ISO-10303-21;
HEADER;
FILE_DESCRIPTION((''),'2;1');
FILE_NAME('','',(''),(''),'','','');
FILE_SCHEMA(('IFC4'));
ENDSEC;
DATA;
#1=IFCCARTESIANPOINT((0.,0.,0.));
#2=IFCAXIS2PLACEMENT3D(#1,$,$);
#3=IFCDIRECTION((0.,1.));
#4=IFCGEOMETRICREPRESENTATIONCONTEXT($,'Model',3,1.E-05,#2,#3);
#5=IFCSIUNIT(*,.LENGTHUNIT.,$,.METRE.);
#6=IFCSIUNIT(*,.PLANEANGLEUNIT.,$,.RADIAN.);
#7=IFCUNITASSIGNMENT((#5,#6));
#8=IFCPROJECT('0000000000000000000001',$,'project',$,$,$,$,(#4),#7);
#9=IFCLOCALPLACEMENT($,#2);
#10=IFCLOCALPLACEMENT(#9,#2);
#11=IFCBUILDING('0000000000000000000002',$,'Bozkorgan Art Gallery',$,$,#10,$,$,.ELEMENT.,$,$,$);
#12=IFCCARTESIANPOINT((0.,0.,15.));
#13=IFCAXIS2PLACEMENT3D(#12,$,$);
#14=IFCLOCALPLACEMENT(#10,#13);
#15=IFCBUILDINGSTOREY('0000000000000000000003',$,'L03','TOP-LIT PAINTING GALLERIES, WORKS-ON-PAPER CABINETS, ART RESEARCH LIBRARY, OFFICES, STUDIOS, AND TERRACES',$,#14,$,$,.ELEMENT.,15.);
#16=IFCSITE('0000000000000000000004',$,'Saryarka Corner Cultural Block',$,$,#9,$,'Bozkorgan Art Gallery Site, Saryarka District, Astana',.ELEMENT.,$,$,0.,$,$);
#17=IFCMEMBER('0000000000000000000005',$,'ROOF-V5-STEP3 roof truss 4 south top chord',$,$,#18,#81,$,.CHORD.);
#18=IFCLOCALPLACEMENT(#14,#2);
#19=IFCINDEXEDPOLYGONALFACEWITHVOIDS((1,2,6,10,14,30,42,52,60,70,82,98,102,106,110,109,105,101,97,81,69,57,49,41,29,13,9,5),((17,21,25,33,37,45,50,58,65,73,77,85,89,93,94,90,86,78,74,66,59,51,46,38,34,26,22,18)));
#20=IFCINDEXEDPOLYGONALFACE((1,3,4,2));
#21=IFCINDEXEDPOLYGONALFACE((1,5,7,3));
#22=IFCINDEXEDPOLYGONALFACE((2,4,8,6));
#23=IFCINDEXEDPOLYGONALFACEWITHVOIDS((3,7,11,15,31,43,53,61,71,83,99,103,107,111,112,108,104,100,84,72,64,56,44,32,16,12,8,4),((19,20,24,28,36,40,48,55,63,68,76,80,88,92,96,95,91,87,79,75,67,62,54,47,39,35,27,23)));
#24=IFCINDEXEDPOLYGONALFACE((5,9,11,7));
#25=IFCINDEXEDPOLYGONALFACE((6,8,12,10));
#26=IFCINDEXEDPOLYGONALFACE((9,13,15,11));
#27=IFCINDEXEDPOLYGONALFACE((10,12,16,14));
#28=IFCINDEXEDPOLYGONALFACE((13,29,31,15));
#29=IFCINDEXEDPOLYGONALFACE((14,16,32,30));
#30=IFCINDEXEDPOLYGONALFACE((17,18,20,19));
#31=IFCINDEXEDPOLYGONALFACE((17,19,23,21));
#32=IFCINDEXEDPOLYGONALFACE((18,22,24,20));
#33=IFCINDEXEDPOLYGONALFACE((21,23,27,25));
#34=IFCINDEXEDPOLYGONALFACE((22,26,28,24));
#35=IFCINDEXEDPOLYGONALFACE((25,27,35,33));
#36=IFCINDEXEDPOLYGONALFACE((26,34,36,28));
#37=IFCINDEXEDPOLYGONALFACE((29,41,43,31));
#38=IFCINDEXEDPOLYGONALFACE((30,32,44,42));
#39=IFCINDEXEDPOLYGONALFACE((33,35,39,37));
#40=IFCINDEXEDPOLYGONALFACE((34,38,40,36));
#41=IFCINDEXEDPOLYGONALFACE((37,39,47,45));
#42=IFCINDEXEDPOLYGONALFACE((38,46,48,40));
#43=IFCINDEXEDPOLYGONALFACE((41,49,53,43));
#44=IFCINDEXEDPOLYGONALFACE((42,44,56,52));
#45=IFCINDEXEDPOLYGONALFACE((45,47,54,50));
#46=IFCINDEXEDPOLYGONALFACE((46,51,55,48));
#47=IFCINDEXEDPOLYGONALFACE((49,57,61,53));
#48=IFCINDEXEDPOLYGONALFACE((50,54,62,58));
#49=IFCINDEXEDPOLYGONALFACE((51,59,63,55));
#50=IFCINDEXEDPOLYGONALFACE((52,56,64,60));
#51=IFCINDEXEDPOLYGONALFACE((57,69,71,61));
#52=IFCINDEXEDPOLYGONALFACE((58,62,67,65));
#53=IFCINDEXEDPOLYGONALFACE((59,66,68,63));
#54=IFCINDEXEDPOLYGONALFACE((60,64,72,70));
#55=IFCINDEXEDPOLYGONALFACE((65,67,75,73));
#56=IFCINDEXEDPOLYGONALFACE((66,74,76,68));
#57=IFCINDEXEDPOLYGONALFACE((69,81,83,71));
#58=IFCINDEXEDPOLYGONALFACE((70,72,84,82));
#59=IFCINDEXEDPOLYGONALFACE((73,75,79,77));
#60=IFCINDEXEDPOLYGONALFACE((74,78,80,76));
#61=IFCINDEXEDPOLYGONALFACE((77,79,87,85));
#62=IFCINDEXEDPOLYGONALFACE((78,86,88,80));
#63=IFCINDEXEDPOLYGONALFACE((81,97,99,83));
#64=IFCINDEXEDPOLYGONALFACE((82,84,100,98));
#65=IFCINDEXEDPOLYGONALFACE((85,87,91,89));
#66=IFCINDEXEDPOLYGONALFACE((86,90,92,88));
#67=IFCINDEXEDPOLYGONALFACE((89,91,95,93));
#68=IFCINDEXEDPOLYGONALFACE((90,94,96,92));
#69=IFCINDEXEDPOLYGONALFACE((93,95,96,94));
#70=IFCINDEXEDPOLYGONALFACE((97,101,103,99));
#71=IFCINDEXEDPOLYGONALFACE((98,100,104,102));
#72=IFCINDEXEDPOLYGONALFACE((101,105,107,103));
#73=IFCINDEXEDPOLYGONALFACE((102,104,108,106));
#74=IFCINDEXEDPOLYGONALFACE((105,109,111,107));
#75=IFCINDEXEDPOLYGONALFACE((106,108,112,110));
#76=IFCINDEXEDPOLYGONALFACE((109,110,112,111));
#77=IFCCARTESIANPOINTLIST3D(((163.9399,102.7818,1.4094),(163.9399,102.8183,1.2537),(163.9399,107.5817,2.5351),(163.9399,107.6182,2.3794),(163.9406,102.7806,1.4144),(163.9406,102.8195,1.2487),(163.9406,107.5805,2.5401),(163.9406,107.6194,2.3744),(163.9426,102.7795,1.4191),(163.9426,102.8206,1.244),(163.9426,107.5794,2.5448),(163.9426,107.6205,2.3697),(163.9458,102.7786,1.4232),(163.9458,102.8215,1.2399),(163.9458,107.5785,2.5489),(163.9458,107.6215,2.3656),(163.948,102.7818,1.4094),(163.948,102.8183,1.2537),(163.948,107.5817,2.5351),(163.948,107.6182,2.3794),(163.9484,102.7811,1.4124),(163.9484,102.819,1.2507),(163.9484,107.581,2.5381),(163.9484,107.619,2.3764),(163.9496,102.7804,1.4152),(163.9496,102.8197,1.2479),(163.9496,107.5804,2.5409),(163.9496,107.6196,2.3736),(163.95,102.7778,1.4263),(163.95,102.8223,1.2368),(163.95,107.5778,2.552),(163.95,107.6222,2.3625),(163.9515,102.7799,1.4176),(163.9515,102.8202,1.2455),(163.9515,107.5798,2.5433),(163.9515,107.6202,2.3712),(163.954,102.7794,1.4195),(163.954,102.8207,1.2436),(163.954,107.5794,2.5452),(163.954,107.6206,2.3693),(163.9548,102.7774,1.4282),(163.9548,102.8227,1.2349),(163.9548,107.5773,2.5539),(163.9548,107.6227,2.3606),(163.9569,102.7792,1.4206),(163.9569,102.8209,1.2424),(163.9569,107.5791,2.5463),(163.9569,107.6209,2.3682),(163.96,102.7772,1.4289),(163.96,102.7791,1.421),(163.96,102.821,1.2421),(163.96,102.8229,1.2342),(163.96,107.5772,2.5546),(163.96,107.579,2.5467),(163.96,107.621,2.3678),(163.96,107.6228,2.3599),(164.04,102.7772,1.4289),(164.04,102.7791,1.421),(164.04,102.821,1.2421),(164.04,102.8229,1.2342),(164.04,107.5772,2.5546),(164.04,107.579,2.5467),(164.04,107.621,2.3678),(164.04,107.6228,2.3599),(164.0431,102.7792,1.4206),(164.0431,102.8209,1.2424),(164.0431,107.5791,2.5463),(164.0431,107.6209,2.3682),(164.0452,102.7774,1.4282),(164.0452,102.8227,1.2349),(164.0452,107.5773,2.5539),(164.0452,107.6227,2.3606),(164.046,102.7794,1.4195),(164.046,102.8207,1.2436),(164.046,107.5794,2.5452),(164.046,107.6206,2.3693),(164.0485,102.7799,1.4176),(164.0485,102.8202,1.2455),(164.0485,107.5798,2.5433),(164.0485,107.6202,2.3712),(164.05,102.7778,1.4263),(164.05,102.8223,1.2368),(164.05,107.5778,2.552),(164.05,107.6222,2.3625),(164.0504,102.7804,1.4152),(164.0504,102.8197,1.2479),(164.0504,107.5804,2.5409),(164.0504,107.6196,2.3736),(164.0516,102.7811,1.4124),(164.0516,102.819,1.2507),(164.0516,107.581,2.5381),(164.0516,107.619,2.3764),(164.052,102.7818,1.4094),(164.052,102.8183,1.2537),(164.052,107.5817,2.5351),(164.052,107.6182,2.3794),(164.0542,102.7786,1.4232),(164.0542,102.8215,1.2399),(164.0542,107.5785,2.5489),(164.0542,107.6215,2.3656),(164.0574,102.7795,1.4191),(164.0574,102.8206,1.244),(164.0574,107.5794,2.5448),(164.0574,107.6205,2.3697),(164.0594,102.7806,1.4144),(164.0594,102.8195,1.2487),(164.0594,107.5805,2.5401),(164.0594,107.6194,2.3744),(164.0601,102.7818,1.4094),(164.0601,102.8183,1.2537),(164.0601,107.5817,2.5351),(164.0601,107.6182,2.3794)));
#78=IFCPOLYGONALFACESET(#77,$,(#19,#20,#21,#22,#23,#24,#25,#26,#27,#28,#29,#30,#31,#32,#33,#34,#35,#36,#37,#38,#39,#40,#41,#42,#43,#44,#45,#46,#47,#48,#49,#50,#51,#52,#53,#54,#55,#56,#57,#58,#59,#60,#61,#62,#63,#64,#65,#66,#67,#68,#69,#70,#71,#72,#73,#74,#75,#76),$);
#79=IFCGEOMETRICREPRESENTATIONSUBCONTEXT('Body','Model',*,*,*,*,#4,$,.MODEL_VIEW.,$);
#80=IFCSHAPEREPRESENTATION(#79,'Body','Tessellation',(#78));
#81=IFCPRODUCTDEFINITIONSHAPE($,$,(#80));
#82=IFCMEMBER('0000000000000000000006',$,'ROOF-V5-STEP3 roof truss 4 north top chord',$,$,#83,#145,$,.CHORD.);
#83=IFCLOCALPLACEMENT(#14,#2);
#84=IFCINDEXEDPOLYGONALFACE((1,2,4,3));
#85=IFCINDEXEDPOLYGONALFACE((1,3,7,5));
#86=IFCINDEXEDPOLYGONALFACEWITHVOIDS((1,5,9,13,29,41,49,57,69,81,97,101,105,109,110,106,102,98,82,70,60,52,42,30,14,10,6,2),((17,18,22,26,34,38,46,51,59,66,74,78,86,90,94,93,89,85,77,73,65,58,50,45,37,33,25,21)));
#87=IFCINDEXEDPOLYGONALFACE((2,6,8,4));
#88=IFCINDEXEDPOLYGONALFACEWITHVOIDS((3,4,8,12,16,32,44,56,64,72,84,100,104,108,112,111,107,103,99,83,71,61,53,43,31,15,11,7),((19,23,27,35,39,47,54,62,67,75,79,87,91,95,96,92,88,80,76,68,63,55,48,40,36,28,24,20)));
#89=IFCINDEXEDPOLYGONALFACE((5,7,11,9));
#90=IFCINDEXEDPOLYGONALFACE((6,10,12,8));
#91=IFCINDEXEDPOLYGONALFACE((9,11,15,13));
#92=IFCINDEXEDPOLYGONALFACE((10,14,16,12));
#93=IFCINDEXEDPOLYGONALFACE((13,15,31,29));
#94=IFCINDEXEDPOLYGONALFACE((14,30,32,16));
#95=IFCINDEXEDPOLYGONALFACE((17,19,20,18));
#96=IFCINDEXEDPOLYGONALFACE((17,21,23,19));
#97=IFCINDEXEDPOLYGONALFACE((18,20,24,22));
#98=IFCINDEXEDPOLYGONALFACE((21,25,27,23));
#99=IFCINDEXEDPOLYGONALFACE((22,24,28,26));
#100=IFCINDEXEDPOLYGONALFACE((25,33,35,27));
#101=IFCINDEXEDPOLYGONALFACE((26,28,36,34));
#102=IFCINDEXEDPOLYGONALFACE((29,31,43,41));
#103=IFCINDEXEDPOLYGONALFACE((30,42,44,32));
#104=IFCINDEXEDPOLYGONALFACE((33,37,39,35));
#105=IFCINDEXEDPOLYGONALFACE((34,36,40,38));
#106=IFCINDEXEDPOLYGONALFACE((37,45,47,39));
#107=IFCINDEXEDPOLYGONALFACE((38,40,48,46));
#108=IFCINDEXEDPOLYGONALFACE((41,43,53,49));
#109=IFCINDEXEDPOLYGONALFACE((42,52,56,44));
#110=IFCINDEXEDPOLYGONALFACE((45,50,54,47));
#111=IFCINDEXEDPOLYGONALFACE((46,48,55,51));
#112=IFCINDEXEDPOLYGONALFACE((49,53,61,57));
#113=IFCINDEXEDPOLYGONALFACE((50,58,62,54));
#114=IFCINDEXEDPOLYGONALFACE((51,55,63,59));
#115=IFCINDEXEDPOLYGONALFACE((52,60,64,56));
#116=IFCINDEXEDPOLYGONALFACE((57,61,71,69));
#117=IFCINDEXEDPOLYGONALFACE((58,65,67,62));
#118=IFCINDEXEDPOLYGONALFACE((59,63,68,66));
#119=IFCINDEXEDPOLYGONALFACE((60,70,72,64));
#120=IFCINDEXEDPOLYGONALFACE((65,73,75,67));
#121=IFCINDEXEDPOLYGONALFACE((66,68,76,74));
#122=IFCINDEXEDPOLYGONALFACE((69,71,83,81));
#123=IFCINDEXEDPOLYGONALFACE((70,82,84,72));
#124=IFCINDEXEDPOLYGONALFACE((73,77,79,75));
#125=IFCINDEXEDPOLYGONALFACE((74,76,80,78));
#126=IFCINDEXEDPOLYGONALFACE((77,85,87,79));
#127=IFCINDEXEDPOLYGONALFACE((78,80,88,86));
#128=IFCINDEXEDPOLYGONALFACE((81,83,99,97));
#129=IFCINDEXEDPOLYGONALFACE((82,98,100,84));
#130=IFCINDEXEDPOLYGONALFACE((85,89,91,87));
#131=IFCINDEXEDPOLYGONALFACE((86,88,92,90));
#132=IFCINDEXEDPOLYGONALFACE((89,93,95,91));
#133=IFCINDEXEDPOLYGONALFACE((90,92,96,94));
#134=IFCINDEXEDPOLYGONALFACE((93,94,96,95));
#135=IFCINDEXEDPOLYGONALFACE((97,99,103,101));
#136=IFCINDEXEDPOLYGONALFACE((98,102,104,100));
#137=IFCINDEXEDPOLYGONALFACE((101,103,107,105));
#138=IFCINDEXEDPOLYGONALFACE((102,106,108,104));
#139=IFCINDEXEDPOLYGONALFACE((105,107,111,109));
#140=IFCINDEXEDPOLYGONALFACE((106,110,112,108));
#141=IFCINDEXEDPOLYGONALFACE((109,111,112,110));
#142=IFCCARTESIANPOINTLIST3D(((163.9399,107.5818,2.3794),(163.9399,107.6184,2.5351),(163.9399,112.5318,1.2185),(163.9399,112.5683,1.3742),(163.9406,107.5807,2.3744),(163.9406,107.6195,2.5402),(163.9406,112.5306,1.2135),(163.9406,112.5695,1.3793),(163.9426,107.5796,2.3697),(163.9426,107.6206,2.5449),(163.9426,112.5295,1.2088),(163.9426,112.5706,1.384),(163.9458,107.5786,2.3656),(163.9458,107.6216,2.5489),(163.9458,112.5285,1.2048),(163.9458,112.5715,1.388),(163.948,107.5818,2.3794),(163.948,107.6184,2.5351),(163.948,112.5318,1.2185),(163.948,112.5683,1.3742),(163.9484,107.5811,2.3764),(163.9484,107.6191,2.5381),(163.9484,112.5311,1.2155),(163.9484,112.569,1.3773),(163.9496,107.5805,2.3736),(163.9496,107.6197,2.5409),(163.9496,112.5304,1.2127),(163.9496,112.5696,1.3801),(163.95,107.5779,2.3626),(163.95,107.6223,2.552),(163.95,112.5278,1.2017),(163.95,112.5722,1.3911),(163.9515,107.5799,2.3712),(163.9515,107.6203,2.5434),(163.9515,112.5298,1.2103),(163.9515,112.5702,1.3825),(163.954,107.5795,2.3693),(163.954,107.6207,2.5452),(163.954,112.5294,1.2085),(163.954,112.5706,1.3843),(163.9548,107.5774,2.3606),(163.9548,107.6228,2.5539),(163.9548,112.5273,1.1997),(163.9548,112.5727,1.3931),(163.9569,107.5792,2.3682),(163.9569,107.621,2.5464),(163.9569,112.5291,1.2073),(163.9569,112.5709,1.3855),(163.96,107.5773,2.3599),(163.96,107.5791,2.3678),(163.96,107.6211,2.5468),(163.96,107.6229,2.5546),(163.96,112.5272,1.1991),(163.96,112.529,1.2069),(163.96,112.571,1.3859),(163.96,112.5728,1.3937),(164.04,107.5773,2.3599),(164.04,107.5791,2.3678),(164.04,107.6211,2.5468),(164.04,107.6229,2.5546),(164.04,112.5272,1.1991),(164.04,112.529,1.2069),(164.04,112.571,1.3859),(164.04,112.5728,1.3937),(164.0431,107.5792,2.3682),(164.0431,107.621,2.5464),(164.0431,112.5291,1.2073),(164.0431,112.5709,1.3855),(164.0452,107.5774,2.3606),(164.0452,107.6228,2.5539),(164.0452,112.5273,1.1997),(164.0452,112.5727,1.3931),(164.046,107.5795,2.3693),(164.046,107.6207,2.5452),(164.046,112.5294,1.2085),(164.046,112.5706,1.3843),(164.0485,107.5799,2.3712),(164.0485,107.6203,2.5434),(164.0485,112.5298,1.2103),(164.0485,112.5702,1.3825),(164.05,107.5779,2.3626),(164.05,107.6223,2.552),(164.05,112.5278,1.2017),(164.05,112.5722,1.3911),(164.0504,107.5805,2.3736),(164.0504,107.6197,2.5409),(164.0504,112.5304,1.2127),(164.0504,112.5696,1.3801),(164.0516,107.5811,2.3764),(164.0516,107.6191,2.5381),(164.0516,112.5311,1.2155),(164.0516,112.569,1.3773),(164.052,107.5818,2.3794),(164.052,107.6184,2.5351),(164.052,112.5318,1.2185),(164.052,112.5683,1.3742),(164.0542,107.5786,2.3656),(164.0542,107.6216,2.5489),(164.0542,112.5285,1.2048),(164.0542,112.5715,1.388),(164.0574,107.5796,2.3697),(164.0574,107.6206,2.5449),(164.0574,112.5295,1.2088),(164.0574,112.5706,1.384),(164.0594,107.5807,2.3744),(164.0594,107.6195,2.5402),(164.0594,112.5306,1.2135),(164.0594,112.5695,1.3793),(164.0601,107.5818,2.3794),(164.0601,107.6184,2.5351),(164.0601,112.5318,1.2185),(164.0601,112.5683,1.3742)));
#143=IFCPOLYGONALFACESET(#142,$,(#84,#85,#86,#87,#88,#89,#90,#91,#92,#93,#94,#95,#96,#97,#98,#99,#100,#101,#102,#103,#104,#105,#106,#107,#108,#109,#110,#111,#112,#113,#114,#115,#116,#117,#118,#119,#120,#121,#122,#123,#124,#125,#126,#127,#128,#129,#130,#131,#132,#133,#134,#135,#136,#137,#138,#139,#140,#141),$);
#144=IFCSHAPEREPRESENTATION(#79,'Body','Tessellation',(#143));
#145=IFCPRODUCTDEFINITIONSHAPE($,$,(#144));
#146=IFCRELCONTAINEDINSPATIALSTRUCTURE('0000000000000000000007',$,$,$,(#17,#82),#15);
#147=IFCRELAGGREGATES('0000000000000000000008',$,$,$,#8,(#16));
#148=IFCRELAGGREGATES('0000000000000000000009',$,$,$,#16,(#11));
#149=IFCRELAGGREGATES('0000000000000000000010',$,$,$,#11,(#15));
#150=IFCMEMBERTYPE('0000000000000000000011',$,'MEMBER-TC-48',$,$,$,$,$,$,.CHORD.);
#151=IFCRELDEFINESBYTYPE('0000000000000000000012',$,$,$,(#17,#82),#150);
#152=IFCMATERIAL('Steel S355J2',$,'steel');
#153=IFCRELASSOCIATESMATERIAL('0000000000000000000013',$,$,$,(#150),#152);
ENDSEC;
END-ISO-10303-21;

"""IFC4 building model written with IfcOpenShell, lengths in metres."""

from ifc_helpers import new_model, si_unit, direction, frame, origin, origin_2d, place, context, subcontext, project, spatial, hollow_rectangle, extrude, material, material_profile, profile_set, type_object, element, save


model = new_model("IFC4")

# Units and contexts
model_context = context("Model", 3, precision=1e-05, world=origin(), true_north=direction((0.0, 1.0)))
body_context = subcontext(model_context, "Body", "Model", "MODEL_VIEW")
ifc_project = project(units=[si_unit("LENGTHUNIT", "METRE"), si_unit("PLANEANGLEUNIT", "RADIAN")], contexts=[model_context])

# Site, building, storey
site_placement = place(None, origin())
site = spatial("IfcSite", under=ifc_project, at=site_placement, Name="Saryarka Corner Cultural Block", LongName="Bozkorgan Art Gallery Site, Saryarka District, Astana", CompositionType="ELEMENT", RefElevation=0.0)
building_placement = place(site_placement, origin())
building = spatial("IfcBuilding", under=site, at=building_placement, Name="Bozkorgan Art Gallery", CompositionType="ELEMENT")
storey_placement = place(building_placement, frame((0.0, 0.0, 15.0)))
storey = spatial("IfcBuildingStorey", under=building, at=storey_placement, Name="L03", Description="TOP-LIT PAINTING GALLERIES, WORKS-ON-PAPER CABINETS, ART RESEARCH LIBRARY, OFFICES, STUDIOS, AND TERRACES", CompositionType="ELEMENT", Elevation=15.0)

# Shared definitions
ifc_material_1 = material(Name="Steel S355J2", Category="steel")

# Members
ifc_material_profile_1 = material_profile(ifc_material_1, hollow_rectangle(XDim=0.1201, YDim=0.2, WallThickness=0.0081, InnerFilletRadius=0.012, OuterFilletRadius=0.02, at=origin_2d()), Name="RHS 200x120x8")
ifc_profile_set_1 = profile_set([ifc_material_profile_1], Name="Steel S355J2")
member_type_1 = type_object("IfcMemberType", Name="MEMBER-TC-48", PredefinedType="CHORD", material=ifc_profile_set_1)
member_1_placement = place(storey_placement, frame((164.0, 102.8, 1.3315), z_axis=(0.0, 0.973584, 0.22833), x_axis=(-1.0, 0.0, 0.0)))
element("IfcMember", 1, at=member_1_placement, inside=storey, type_object=member_type_1, Name="ROOF-V5-STEP3 roof truss 4 south top chord", PredefinedType="CHORD", context=body_context, shape_type="SweptSolid", body=[
    extrude(hollow_rectangle(XDim=0.1201, YDim=0.2, WallThickness=0.0081, InnerFilletRadius=0.012, OuterFilletRadius=0.02, at=origin_2d()), origin(), (0.0, 0.0, 1.0), 4.9302),
])
member_2_placement = place(storey_placement, frame((164.0, 107.6001, 2.4573), z_axis=(0.0, 0.973584, -0.22833), x_axis=(-1.0, 0.0, 0.0)))
element("IfcMember", 2, at=member_2_placement, inside=storey, type_object=member_type_1, Name="ROOF-V5-STEP3 roof truss 4 north top chord", PredefinedType="CHORD", context=body_context, shape_type="SweptSolid", body=[
    extrude(hollow_rectangle(XDim=0.1201, YDim=0.2, WallThickness=0.0081, InnerFilletRadius=0.012, OuterFilletRadius=0.02, at=origin_2d()), origin(), (0.0, 0.0, 1.0), 5.0842),
])

save(model, "model.ifc")
